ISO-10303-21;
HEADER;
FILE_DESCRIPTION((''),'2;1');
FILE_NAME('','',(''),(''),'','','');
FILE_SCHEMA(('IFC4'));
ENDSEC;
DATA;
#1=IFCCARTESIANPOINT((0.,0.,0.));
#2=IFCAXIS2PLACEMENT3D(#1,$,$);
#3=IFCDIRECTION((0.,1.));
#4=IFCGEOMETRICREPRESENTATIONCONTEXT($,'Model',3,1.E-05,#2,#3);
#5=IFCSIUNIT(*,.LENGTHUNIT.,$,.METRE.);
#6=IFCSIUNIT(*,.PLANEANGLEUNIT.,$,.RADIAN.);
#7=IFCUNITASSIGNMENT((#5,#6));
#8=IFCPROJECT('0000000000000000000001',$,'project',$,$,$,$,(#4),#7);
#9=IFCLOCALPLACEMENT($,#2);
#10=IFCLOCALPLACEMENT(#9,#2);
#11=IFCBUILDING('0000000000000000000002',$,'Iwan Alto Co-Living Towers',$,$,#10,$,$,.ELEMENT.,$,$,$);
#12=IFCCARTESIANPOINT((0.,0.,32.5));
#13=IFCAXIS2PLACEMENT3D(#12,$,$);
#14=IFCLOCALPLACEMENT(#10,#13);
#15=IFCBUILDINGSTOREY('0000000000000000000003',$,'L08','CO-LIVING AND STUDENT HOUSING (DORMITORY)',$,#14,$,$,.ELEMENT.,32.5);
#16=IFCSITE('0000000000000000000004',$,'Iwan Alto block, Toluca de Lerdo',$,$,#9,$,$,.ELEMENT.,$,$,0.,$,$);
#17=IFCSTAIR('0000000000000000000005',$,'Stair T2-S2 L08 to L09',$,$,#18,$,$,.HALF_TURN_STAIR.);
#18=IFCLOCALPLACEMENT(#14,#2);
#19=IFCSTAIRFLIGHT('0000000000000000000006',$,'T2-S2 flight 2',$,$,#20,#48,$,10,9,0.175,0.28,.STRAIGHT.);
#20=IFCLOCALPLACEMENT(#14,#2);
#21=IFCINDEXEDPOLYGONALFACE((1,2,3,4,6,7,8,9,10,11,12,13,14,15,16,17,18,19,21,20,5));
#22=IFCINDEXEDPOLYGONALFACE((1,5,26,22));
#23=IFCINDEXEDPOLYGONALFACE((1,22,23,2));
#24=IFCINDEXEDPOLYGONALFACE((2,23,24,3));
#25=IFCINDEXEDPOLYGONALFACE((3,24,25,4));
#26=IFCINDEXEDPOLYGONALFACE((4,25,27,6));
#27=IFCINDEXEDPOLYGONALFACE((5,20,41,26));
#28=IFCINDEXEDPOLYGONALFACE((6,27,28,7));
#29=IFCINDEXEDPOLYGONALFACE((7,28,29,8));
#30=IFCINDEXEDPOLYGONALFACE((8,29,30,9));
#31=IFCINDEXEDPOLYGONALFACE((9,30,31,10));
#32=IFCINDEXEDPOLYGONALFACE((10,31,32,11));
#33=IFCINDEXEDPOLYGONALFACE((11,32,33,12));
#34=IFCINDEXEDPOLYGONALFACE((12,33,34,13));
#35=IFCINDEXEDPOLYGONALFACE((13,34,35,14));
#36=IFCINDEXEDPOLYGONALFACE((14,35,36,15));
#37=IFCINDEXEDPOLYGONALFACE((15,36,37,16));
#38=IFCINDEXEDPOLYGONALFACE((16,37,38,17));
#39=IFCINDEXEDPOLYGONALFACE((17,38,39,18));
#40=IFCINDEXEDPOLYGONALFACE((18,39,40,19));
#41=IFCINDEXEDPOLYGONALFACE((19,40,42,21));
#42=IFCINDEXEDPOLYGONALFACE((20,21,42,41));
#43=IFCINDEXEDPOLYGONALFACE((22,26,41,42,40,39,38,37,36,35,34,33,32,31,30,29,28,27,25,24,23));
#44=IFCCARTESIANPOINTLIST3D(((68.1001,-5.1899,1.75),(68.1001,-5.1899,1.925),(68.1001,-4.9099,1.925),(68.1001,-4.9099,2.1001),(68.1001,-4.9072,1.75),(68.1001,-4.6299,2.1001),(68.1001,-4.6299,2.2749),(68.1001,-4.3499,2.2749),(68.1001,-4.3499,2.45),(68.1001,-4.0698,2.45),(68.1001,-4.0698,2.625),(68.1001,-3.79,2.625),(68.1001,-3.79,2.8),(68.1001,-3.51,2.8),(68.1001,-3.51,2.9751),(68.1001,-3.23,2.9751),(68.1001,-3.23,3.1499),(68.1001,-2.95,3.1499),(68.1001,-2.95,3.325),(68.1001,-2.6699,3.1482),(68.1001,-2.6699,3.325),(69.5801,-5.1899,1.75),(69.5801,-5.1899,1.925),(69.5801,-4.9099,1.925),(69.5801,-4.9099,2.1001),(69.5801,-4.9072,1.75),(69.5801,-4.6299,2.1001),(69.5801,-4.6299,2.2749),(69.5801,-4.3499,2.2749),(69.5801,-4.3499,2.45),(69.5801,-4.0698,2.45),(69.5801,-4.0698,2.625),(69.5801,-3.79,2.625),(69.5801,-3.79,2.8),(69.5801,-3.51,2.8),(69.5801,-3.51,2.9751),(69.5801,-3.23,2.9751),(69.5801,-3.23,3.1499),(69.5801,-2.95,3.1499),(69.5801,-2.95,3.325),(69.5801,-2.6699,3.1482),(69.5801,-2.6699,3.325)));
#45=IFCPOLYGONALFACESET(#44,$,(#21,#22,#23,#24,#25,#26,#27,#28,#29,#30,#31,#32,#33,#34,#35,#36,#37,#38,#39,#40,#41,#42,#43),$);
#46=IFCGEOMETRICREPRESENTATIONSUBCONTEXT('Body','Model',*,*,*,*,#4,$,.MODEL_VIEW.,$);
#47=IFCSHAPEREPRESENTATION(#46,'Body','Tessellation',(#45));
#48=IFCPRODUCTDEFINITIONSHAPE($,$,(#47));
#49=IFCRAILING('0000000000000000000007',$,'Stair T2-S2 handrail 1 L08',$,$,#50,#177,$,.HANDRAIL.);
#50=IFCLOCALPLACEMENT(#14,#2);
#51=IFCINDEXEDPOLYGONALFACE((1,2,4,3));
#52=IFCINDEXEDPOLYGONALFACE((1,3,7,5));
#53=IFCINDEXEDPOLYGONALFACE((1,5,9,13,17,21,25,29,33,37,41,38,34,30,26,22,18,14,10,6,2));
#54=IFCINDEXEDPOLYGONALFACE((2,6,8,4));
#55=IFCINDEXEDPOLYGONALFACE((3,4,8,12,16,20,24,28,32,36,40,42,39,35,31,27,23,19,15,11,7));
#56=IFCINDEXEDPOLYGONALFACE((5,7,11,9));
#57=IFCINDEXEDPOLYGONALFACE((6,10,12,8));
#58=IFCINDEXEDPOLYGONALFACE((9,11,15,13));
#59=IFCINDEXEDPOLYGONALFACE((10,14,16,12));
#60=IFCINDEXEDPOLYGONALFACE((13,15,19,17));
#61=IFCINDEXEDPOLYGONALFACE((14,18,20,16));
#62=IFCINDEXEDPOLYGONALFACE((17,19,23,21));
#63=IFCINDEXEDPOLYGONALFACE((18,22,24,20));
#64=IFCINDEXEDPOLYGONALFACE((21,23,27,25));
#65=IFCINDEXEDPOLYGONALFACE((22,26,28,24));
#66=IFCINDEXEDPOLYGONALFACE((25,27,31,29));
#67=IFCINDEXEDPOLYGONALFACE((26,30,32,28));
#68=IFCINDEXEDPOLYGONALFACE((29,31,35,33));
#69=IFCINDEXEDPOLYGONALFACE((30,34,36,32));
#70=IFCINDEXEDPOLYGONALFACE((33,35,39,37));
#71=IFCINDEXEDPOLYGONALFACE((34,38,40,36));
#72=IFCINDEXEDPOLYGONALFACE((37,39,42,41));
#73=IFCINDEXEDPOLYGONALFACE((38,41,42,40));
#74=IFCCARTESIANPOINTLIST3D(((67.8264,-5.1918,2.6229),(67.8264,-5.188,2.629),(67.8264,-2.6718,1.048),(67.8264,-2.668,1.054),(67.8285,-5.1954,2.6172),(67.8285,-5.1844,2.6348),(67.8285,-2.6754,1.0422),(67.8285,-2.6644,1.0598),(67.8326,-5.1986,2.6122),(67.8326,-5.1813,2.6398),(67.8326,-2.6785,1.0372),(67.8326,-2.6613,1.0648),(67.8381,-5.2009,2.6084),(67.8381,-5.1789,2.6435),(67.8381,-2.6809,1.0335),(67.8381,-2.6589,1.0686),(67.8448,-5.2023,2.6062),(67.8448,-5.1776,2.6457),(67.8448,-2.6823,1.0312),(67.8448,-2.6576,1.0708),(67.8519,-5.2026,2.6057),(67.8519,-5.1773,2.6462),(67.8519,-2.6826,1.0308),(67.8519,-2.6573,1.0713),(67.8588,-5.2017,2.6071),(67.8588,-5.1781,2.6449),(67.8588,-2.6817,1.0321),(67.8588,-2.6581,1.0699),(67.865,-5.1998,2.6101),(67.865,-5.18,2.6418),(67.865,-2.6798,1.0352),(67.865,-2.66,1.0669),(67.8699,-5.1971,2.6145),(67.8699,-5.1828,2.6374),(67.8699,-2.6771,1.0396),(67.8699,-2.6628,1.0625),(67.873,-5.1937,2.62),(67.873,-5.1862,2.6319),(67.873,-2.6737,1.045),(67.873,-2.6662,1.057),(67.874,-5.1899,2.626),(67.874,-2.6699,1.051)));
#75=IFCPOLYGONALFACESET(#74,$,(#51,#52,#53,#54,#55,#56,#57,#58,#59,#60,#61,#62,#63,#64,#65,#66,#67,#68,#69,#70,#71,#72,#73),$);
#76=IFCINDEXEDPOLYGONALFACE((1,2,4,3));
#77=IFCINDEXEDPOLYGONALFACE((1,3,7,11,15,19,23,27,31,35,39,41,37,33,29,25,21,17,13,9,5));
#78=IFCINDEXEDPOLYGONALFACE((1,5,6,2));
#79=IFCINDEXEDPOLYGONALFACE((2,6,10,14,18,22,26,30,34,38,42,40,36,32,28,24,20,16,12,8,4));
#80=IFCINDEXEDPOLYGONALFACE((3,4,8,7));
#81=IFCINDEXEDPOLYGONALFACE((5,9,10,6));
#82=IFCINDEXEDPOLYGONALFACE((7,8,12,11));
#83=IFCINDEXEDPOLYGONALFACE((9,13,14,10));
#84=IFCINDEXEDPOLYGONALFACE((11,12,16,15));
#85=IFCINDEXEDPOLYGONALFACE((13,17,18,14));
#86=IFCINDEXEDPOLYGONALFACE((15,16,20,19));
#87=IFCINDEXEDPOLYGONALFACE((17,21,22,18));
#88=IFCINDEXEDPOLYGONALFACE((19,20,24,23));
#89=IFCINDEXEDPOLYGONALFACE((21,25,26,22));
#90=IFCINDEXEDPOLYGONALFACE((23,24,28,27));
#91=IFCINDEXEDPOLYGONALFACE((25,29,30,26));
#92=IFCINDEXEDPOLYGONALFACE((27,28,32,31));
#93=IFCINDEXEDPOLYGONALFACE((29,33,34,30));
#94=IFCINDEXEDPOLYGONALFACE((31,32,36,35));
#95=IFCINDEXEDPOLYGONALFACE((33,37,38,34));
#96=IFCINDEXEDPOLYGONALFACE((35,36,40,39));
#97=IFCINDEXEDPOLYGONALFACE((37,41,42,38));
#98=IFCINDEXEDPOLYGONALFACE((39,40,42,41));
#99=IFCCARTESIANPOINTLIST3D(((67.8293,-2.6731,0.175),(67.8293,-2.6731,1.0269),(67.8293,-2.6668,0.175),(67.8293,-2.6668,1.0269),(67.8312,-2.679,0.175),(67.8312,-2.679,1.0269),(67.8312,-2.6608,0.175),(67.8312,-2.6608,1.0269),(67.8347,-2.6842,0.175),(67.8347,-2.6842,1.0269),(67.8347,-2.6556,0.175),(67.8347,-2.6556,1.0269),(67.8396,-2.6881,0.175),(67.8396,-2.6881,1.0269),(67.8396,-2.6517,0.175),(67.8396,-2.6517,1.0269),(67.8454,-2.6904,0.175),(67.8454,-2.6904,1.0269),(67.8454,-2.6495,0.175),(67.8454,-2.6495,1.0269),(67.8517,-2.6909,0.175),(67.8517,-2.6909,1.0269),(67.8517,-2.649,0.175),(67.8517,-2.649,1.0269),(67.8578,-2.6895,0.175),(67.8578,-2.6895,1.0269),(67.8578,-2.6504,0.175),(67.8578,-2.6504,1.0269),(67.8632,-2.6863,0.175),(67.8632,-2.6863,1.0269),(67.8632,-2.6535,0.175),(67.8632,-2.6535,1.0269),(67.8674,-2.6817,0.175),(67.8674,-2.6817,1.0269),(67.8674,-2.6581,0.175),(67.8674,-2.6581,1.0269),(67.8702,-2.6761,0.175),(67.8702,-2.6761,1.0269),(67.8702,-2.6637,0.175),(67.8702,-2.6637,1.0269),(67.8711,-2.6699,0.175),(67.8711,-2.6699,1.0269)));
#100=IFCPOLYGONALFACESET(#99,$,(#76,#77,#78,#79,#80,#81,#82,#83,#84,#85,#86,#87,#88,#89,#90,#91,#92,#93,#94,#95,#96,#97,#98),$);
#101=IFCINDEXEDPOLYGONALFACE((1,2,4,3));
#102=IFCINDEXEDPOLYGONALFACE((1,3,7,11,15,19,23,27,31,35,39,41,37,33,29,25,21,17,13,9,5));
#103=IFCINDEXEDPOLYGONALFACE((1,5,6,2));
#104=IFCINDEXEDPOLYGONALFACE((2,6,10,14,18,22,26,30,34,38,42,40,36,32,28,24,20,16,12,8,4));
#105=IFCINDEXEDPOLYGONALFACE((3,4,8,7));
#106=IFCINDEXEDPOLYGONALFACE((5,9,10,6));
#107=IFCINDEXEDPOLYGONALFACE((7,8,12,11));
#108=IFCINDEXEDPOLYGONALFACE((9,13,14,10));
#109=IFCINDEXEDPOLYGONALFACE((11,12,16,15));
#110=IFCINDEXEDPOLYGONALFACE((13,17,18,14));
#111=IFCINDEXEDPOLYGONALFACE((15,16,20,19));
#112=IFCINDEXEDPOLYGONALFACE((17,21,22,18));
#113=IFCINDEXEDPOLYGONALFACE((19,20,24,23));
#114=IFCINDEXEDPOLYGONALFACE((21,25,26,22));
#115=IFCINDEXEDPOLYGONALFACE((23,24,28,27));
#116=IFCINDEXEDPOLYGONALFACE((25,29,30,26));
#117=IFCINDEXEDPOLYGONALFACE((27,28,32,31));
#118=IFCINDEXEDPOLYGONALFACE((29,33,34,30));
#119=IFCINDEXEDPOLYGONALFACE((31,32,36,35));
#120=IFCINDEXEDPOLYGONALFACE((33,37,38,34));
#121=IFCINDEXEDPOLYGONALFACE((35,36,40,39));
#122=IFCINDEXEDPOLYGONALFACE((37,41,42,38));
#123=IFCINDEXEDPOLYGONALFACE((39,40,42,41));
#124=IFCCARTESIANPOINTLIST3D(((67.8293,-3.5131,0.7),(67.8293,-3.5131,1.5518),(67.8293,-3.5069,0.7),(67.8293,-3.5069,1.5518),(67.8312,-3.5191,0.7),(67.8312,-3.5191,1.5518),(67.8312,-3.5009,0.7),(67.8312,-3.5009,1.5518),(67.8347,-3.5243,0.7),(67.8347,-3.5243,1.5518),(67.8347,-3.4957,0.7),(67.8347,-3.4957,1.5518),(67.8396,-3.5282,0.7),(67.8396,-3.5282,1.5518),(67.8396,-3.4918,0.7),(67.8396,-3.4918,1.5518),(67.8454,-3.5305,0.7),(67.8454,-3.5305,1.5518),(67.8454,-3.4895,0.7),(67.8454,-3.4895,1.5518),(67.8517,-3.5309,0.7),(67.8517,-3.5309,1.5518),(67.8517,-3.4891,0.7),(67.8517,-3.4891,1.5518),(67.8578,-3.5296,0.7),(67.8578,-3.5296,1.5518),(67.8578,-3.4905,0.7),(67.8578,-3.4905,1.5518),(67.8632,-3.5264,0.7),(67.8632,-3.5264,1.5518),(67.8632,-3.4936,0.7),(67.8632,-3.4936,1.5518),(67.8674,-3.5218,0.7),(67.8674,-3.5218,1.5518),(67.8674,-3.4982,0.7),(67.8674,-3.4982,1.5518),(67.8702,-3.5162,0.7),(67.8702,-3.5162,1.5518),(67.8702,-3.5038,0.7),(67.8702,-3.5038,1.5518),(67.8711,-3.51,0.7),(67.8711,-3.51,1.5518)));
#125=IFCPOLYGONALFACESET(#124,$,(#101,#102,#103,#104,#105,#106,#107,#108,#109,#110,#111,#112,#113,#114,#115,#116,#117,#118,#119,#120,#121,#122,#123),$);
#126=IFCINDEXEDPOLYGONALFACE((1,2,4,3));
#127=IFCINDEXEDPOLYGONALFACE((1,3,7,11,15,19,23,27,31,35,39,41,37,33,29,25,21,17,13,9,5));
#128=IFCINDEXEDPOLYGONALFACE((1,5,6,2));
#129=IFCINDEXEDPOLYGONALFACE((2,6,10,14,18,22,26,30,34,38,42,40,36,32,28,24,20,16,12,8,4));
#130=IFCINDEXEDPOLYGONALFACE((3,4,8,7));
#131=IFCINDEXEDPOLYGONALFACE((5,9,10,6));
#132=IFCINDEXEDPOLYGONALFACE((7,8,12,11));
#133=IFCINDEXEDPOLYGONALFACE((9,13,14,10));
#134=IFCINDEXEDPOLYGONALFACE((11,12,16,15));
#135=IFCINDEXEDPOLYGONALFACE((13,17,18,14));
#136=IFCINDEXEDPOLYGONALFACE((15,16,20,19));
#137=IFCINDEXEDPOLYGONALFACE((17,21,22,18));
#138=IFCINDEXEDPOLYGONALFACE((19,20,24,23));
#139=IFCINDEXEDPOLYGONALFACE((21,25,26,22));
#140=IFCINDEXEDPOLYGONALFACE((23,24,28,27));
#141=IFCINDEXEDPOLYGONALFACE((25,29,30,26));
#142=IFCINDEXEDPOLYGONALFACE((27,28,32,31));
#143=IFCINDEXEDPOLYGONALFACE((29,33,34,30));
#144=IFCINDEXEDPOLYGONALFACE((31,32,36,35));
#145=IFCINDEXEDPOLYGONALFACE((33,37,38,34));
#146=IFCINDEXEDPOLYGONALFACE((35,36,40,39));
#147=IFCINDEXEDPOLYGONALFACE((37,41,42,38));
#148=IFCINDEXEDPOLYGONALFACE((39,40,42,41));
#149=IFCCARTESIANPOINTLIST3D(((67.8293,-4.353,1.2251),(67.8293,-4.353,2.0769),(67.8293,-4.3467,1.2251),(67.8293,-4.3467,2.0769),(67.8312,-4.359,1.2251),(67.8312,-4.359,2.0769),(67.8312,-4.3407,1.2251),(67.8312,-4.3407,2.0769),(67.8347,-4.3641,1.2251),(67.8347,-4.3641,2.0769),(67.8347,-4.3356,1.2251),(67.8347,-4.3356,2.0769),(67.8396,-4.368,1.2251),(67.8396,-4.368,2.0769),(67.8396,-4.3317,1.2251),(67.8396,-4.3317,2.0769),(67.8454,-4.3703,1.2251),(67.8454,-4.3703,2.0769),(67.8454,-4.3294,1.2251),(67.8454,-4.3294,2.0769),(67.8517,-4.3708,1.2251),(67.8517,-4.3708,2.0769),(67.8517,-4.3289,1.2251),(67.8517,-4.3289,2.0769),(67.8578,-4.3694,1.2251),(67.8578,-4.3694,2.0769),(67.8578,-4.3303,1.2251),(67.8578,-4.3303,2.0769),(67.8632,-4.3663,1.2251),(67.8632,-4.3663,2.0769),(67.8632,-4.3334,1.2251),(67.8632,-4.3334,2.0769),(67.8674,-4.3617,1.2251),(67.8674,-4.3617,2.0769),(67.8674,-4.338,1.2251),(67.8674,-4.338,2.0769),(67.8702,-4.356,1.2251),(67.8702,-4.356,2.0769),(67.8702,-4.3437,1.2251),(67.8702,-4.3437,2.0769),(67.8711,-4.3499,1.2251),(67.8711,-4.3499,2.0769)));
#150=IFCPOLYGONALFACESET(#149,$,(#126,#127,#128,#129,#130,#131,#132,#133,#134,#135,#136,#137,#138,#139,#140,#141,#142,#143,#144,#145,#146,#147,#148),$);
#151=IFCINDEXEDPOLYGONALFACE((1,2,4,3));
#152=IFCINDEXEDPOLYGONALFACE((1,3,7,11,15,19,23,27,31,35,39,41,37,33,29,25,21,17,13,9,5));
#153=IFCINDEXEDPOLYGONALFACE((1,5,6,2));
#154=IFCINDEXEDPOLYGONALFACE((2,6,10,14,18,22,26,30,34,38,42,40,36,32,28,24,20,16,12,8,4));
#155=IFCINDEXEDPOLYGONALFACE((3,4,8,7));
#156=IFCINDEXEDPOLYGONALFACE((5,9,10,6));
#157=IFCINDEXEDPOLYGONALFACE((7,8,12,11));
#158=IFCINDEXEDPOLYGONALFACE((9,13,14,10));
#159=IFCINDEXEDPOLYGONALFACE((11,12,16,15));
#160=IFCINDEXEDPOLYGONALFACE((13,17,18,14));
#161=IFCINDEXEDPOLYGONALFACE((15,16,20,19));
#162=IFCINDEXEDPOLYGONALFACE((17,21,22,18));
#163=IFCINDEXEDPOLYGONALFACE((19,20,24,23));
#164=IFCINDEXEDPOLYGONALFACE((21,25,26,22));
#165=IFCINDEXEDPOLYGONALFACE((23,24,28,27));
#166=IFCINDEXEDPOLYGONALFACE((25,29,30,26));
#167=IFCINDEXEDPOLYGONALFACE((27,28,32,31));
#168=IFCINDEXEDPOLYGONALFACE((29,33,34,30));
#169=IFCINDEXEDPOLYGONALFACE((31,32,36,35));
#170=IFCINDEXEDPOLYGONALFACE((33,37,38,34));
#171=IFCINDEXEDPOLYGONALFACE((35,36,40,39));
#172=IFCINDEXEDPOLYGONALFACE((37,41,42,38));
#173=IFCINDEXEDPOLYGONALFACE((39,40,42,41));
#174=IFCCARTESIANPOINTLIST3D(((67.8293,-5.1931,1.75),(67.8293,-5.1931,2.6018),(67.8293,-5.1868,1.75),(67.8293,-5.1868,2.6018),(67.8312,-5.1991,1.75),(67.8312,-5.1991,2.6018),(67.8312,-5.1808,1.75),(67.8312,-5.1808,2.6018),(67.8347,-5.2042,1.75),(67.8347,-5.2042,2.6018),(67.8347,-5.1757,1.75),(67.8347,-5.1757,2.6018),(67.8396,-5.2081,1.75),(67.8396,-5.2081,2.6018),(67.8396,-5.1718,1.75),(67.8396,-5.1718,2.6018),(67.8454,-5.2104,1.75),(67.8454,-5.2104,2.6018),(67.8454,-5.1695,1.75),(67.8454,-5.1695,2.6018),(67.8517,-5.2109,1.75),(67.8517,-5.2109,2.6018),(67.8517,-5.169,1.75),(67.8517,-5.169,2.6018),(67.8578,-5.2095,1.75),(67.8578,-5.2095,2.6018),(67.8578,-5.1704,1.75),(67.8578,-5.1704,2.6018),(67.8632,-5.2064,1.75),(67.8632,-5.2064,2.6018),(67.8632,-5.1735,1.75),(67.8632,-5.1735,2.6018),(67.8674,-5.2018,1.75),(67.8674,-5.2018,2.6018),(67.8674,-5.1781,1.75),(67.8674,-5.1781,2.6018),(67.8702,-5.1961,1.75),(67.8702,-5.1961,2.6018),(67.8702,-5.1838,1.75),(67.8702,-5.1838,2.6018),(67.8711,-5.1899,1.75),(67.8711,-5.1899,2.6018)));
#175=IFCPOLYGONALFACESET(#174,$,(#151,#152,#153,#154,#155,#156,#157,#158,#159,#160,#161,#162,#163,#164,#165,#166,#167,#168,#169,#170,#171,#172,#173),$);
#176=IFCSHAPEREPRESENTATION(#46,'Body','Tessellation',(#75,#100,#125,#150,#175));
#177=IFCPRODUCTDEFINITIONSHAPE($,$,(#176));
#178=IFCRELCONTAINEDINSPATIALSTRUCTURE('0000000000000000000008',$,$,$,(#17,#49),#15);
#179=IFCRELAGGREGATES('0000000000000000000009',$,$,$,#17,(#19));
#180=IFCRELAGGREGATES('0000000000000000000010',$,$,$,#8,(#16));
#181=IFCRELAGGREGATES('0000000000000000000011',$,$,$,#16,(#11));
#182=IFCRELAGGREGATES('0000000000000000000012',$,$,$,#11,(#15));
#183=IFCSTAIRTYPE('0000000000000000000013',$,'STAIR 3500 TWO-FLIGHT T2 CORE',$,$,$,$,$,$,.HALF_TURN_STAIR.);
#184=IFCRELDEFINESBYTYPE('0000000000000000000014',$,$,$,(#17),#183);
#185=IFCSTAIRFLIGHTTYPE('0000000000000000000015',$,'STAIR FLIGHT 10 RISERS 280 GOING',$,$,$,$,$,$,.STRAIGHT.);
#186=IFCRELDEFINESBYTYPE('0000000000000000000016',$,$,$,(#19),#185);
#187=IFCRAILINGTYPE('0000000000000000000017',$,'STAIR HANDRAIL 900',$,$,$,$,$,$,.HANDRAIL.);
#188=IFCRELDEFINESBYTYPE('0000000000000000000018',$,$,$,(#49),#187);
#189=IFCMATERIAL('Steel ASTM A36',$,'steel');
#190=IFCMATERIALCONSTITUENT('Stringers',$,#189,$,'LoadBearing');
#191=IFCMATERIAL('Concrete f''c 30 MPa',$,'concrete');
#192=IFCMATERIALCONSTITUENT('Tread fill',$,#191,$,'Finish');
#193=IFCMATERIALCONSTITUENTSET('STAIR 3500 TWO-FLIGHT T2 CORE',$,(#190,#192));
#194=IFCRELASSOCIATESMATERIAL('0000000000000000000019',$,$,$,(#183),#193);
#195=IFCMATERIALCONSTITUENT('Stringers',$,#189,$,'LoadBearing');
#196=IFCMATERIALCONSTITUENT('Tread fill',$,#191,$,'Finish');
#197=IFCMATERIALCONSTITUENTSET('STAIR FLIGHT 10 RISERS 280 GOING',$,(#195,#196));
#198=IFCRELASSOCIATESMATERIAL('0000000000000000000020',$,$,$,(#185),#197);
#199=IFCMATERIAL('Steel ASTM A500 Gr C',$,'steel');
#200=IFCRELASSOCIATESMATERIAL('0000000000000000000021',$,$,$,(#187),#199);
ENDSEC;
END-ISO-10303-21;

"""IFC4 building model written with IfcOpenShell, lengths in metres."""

from ifc_helpers import new_model, si_unit, direction, frame, origin, origin_2d, place, context, subcontext, project, spatial, polyline, circle, outline, extrude, material, constituent, constituent_set, type_object, element, aggregate, save


model = new_model("IFC4")

# Units and contexts
model_context = context("Model", 3, precision=1e-05, world=origin(), true_north=direction((0.0, 1.0)))
body_context = subcontext(model_context, "Body", "Model", "MODEL_VIEW")
ifc_project = project(units=[si_unit("LENGTHUNIT", "METRE"), si_unit("PLANEANGLEUNIT", "RADIAN")], contexts=[model_context])

# Site, building, storey
site_placement = place(None, origin())
site = spatial("IfcSite", under=ifc_project, at=site_placement, Name="Iwan Alto block, Toluca de Lerdo", CompositionType="ELEMENT", RefElevation=0.0)
building_placement = place(site_placement, origin())
building = spatial("IfcBuilding", under=site, at=building_placement, Name="Iwan Alto Co-Living Towers", CompositionType="ELEMENT")
storey_placement = place(building_placement, frame((0.0, 0.0, 32.5)))
storey = spatial("IfcBuildingStorey", under=building, at=storey_placement, Name="L08", Description="CO-LIVING AND STUDENT HOUSING (DORMITORY)", CompositionType="ELEMENT", Elevation=32.5)

# Stair, stair flight
ifc_material_1 = material(Name="Steel ASTM A36", Category="steel")
ifc_constituent_1 = constituent(ifc_material_1, Name="Stringers", Category="LoadBearing")
ifc_material_2 = material(Name="Concrete f'c 30 MPa", Category="concrete")
ifc_constituent_2 = constituent(ifc_material_2, Name="Tread fill", Category="Finish")
ifc_constituent_set_1 = constituent_set(constituents=[ifc_constituent_1, ifc_constituent_2], Name="STAIR 3500 TWO-FLIGHT T2 CORE")
stair_type = type_object("IfcStairType", Name="STAIR 3500 TWO-FLIGHT T2 CORE", PredefinedType="HALF_TURN_STAIR", material=ifc_constituent_set_1)
stair_placement = place(storey_placement, origin())
stair = element("IfcStair", 1, at=stair_placement, inside=storey, type_object=stair_type, Name="Stair T2-S2 L08 to L09", PredefinedType="HALF_TURN_STAIR")
ifc_constituent_3 = constituent(ifc_material_1, Name="Stringers", Category="LoadBearing")
ifc_constituent_4 = constituent(ifc_material_2, Name="Tread fill", Category="Finish")
ifc_constituent_set_2 = constituent_set(constituents=[ifc_constituent_3, ifc_constituent_4], Name="STAIR FLIGHT 10 RISERS 280 GOING")
stair_flight_type = type_object("IfcStairFlightType", Name="STAIR FLIGHT 10 RISERS 280 GOING", PredefinedType="STRAIGHT", material=ifc_constituent_set_2)
stair_flight_1_placement = place(storey_placement, frame((68.8401, -5.1899, 1.75), z_axis=(0.0, 0.0, 1.0), x_axis=(0.0, 1.0, 0.0)))
stair_flight_1 = element("IfcStairFlight", 2, at=stair_flight_1_placement, type_object=stair_flight_type, Name="T2-S2 flight 2", NumberOfRisers=10, NumberOfTreads=9, PredefinedType="STRAIGHT", RiserHeight=0.175, TreadLength=0.28, context=body_context, shape_type="SweptSolid", body=[
    extrude(outline(polyline([(0.0, 0.0), (0.0, 0.175), (0.28, 0.175), (0.28, 0.3501), (0.5601, 0.3501), (0.5601, 0.5249), (0.8401, 0.5249), (0.8401, 0.7), (1.1201, 0.7), (1.1201, 0.875), (1.3999, 0.875), (1.3999, 1.05), (1.6799, 1.05), (1.6799, 1.2251), (1.96, 1.2251), (1.96, 1.3999), (2.24, 1.3999), (2.24, 1.575), (2.52, 1.575), (2.52, 1.75), (2.52, 1.3982), (0.2827, 0.0), (0.0, 0.0)])), frame((0.0, 0.74, 0.0), z_axis=(0.0, -1.0, 0.0), x_axis=(1.0, 0.0, 0.0)), (0.0, 0.0, 1.0), 1.48),
])
aggregate(stair, [stair_flight_1])

# Railing
ifc_material_3 = material(Name="Steel ASTM A500 Gr C", Category="steel")
railing_type_1 = type_object("IfcRailingType", Name="STAIR HANDRAIL 900", PredefinedType="HANDRAIL", material=ifc_material_3)
railing_1_placement = place(storey_placement, frame((67.8501, -2.6699, 0.175)))
element("IfcRailing", 3, at=railing_1_placement, inside=storey, type_object=railing_type_1, Name="Stair T2-S2 handrail 1 L08", PredefinedType="HANDRAIL", context=body_context, shape_type="SweptSolid", body=[
    extrude(circle(Radius=0.0239, at=origin_2d()), frame((0.0, 0.0, 0.876), z_axis=(0.0, -0.848008, 0.529984), x_axis=(1.0, 0.0, 0.0)), (0.0, 0.0, 1.0), 2.9717),
    extrude(circle(Radius=0.021, at=origin_2d()), origin(), (0.0, 0.0, 1.0), 0.8518),
    extrude(circle(Radius=0.021, at=origin_2d()), frame((0.0, -0.8401, 0.5249)), (0.0, 0.0, 1.0), 0.8518),
    extrude(circle(Radius=0.021, at=origin_2d()), frame((0.0, -1.6799, 1.05)), (0.0, 0.0, 1.0), 0.8518),
    extrude(circle(Radius=0.021, at=origin_2d()), frame((0.0, -2.52, 1.575)), (0.0, 0.0, 1.0), 0.8518),
])

save(model, "model.ifc")
